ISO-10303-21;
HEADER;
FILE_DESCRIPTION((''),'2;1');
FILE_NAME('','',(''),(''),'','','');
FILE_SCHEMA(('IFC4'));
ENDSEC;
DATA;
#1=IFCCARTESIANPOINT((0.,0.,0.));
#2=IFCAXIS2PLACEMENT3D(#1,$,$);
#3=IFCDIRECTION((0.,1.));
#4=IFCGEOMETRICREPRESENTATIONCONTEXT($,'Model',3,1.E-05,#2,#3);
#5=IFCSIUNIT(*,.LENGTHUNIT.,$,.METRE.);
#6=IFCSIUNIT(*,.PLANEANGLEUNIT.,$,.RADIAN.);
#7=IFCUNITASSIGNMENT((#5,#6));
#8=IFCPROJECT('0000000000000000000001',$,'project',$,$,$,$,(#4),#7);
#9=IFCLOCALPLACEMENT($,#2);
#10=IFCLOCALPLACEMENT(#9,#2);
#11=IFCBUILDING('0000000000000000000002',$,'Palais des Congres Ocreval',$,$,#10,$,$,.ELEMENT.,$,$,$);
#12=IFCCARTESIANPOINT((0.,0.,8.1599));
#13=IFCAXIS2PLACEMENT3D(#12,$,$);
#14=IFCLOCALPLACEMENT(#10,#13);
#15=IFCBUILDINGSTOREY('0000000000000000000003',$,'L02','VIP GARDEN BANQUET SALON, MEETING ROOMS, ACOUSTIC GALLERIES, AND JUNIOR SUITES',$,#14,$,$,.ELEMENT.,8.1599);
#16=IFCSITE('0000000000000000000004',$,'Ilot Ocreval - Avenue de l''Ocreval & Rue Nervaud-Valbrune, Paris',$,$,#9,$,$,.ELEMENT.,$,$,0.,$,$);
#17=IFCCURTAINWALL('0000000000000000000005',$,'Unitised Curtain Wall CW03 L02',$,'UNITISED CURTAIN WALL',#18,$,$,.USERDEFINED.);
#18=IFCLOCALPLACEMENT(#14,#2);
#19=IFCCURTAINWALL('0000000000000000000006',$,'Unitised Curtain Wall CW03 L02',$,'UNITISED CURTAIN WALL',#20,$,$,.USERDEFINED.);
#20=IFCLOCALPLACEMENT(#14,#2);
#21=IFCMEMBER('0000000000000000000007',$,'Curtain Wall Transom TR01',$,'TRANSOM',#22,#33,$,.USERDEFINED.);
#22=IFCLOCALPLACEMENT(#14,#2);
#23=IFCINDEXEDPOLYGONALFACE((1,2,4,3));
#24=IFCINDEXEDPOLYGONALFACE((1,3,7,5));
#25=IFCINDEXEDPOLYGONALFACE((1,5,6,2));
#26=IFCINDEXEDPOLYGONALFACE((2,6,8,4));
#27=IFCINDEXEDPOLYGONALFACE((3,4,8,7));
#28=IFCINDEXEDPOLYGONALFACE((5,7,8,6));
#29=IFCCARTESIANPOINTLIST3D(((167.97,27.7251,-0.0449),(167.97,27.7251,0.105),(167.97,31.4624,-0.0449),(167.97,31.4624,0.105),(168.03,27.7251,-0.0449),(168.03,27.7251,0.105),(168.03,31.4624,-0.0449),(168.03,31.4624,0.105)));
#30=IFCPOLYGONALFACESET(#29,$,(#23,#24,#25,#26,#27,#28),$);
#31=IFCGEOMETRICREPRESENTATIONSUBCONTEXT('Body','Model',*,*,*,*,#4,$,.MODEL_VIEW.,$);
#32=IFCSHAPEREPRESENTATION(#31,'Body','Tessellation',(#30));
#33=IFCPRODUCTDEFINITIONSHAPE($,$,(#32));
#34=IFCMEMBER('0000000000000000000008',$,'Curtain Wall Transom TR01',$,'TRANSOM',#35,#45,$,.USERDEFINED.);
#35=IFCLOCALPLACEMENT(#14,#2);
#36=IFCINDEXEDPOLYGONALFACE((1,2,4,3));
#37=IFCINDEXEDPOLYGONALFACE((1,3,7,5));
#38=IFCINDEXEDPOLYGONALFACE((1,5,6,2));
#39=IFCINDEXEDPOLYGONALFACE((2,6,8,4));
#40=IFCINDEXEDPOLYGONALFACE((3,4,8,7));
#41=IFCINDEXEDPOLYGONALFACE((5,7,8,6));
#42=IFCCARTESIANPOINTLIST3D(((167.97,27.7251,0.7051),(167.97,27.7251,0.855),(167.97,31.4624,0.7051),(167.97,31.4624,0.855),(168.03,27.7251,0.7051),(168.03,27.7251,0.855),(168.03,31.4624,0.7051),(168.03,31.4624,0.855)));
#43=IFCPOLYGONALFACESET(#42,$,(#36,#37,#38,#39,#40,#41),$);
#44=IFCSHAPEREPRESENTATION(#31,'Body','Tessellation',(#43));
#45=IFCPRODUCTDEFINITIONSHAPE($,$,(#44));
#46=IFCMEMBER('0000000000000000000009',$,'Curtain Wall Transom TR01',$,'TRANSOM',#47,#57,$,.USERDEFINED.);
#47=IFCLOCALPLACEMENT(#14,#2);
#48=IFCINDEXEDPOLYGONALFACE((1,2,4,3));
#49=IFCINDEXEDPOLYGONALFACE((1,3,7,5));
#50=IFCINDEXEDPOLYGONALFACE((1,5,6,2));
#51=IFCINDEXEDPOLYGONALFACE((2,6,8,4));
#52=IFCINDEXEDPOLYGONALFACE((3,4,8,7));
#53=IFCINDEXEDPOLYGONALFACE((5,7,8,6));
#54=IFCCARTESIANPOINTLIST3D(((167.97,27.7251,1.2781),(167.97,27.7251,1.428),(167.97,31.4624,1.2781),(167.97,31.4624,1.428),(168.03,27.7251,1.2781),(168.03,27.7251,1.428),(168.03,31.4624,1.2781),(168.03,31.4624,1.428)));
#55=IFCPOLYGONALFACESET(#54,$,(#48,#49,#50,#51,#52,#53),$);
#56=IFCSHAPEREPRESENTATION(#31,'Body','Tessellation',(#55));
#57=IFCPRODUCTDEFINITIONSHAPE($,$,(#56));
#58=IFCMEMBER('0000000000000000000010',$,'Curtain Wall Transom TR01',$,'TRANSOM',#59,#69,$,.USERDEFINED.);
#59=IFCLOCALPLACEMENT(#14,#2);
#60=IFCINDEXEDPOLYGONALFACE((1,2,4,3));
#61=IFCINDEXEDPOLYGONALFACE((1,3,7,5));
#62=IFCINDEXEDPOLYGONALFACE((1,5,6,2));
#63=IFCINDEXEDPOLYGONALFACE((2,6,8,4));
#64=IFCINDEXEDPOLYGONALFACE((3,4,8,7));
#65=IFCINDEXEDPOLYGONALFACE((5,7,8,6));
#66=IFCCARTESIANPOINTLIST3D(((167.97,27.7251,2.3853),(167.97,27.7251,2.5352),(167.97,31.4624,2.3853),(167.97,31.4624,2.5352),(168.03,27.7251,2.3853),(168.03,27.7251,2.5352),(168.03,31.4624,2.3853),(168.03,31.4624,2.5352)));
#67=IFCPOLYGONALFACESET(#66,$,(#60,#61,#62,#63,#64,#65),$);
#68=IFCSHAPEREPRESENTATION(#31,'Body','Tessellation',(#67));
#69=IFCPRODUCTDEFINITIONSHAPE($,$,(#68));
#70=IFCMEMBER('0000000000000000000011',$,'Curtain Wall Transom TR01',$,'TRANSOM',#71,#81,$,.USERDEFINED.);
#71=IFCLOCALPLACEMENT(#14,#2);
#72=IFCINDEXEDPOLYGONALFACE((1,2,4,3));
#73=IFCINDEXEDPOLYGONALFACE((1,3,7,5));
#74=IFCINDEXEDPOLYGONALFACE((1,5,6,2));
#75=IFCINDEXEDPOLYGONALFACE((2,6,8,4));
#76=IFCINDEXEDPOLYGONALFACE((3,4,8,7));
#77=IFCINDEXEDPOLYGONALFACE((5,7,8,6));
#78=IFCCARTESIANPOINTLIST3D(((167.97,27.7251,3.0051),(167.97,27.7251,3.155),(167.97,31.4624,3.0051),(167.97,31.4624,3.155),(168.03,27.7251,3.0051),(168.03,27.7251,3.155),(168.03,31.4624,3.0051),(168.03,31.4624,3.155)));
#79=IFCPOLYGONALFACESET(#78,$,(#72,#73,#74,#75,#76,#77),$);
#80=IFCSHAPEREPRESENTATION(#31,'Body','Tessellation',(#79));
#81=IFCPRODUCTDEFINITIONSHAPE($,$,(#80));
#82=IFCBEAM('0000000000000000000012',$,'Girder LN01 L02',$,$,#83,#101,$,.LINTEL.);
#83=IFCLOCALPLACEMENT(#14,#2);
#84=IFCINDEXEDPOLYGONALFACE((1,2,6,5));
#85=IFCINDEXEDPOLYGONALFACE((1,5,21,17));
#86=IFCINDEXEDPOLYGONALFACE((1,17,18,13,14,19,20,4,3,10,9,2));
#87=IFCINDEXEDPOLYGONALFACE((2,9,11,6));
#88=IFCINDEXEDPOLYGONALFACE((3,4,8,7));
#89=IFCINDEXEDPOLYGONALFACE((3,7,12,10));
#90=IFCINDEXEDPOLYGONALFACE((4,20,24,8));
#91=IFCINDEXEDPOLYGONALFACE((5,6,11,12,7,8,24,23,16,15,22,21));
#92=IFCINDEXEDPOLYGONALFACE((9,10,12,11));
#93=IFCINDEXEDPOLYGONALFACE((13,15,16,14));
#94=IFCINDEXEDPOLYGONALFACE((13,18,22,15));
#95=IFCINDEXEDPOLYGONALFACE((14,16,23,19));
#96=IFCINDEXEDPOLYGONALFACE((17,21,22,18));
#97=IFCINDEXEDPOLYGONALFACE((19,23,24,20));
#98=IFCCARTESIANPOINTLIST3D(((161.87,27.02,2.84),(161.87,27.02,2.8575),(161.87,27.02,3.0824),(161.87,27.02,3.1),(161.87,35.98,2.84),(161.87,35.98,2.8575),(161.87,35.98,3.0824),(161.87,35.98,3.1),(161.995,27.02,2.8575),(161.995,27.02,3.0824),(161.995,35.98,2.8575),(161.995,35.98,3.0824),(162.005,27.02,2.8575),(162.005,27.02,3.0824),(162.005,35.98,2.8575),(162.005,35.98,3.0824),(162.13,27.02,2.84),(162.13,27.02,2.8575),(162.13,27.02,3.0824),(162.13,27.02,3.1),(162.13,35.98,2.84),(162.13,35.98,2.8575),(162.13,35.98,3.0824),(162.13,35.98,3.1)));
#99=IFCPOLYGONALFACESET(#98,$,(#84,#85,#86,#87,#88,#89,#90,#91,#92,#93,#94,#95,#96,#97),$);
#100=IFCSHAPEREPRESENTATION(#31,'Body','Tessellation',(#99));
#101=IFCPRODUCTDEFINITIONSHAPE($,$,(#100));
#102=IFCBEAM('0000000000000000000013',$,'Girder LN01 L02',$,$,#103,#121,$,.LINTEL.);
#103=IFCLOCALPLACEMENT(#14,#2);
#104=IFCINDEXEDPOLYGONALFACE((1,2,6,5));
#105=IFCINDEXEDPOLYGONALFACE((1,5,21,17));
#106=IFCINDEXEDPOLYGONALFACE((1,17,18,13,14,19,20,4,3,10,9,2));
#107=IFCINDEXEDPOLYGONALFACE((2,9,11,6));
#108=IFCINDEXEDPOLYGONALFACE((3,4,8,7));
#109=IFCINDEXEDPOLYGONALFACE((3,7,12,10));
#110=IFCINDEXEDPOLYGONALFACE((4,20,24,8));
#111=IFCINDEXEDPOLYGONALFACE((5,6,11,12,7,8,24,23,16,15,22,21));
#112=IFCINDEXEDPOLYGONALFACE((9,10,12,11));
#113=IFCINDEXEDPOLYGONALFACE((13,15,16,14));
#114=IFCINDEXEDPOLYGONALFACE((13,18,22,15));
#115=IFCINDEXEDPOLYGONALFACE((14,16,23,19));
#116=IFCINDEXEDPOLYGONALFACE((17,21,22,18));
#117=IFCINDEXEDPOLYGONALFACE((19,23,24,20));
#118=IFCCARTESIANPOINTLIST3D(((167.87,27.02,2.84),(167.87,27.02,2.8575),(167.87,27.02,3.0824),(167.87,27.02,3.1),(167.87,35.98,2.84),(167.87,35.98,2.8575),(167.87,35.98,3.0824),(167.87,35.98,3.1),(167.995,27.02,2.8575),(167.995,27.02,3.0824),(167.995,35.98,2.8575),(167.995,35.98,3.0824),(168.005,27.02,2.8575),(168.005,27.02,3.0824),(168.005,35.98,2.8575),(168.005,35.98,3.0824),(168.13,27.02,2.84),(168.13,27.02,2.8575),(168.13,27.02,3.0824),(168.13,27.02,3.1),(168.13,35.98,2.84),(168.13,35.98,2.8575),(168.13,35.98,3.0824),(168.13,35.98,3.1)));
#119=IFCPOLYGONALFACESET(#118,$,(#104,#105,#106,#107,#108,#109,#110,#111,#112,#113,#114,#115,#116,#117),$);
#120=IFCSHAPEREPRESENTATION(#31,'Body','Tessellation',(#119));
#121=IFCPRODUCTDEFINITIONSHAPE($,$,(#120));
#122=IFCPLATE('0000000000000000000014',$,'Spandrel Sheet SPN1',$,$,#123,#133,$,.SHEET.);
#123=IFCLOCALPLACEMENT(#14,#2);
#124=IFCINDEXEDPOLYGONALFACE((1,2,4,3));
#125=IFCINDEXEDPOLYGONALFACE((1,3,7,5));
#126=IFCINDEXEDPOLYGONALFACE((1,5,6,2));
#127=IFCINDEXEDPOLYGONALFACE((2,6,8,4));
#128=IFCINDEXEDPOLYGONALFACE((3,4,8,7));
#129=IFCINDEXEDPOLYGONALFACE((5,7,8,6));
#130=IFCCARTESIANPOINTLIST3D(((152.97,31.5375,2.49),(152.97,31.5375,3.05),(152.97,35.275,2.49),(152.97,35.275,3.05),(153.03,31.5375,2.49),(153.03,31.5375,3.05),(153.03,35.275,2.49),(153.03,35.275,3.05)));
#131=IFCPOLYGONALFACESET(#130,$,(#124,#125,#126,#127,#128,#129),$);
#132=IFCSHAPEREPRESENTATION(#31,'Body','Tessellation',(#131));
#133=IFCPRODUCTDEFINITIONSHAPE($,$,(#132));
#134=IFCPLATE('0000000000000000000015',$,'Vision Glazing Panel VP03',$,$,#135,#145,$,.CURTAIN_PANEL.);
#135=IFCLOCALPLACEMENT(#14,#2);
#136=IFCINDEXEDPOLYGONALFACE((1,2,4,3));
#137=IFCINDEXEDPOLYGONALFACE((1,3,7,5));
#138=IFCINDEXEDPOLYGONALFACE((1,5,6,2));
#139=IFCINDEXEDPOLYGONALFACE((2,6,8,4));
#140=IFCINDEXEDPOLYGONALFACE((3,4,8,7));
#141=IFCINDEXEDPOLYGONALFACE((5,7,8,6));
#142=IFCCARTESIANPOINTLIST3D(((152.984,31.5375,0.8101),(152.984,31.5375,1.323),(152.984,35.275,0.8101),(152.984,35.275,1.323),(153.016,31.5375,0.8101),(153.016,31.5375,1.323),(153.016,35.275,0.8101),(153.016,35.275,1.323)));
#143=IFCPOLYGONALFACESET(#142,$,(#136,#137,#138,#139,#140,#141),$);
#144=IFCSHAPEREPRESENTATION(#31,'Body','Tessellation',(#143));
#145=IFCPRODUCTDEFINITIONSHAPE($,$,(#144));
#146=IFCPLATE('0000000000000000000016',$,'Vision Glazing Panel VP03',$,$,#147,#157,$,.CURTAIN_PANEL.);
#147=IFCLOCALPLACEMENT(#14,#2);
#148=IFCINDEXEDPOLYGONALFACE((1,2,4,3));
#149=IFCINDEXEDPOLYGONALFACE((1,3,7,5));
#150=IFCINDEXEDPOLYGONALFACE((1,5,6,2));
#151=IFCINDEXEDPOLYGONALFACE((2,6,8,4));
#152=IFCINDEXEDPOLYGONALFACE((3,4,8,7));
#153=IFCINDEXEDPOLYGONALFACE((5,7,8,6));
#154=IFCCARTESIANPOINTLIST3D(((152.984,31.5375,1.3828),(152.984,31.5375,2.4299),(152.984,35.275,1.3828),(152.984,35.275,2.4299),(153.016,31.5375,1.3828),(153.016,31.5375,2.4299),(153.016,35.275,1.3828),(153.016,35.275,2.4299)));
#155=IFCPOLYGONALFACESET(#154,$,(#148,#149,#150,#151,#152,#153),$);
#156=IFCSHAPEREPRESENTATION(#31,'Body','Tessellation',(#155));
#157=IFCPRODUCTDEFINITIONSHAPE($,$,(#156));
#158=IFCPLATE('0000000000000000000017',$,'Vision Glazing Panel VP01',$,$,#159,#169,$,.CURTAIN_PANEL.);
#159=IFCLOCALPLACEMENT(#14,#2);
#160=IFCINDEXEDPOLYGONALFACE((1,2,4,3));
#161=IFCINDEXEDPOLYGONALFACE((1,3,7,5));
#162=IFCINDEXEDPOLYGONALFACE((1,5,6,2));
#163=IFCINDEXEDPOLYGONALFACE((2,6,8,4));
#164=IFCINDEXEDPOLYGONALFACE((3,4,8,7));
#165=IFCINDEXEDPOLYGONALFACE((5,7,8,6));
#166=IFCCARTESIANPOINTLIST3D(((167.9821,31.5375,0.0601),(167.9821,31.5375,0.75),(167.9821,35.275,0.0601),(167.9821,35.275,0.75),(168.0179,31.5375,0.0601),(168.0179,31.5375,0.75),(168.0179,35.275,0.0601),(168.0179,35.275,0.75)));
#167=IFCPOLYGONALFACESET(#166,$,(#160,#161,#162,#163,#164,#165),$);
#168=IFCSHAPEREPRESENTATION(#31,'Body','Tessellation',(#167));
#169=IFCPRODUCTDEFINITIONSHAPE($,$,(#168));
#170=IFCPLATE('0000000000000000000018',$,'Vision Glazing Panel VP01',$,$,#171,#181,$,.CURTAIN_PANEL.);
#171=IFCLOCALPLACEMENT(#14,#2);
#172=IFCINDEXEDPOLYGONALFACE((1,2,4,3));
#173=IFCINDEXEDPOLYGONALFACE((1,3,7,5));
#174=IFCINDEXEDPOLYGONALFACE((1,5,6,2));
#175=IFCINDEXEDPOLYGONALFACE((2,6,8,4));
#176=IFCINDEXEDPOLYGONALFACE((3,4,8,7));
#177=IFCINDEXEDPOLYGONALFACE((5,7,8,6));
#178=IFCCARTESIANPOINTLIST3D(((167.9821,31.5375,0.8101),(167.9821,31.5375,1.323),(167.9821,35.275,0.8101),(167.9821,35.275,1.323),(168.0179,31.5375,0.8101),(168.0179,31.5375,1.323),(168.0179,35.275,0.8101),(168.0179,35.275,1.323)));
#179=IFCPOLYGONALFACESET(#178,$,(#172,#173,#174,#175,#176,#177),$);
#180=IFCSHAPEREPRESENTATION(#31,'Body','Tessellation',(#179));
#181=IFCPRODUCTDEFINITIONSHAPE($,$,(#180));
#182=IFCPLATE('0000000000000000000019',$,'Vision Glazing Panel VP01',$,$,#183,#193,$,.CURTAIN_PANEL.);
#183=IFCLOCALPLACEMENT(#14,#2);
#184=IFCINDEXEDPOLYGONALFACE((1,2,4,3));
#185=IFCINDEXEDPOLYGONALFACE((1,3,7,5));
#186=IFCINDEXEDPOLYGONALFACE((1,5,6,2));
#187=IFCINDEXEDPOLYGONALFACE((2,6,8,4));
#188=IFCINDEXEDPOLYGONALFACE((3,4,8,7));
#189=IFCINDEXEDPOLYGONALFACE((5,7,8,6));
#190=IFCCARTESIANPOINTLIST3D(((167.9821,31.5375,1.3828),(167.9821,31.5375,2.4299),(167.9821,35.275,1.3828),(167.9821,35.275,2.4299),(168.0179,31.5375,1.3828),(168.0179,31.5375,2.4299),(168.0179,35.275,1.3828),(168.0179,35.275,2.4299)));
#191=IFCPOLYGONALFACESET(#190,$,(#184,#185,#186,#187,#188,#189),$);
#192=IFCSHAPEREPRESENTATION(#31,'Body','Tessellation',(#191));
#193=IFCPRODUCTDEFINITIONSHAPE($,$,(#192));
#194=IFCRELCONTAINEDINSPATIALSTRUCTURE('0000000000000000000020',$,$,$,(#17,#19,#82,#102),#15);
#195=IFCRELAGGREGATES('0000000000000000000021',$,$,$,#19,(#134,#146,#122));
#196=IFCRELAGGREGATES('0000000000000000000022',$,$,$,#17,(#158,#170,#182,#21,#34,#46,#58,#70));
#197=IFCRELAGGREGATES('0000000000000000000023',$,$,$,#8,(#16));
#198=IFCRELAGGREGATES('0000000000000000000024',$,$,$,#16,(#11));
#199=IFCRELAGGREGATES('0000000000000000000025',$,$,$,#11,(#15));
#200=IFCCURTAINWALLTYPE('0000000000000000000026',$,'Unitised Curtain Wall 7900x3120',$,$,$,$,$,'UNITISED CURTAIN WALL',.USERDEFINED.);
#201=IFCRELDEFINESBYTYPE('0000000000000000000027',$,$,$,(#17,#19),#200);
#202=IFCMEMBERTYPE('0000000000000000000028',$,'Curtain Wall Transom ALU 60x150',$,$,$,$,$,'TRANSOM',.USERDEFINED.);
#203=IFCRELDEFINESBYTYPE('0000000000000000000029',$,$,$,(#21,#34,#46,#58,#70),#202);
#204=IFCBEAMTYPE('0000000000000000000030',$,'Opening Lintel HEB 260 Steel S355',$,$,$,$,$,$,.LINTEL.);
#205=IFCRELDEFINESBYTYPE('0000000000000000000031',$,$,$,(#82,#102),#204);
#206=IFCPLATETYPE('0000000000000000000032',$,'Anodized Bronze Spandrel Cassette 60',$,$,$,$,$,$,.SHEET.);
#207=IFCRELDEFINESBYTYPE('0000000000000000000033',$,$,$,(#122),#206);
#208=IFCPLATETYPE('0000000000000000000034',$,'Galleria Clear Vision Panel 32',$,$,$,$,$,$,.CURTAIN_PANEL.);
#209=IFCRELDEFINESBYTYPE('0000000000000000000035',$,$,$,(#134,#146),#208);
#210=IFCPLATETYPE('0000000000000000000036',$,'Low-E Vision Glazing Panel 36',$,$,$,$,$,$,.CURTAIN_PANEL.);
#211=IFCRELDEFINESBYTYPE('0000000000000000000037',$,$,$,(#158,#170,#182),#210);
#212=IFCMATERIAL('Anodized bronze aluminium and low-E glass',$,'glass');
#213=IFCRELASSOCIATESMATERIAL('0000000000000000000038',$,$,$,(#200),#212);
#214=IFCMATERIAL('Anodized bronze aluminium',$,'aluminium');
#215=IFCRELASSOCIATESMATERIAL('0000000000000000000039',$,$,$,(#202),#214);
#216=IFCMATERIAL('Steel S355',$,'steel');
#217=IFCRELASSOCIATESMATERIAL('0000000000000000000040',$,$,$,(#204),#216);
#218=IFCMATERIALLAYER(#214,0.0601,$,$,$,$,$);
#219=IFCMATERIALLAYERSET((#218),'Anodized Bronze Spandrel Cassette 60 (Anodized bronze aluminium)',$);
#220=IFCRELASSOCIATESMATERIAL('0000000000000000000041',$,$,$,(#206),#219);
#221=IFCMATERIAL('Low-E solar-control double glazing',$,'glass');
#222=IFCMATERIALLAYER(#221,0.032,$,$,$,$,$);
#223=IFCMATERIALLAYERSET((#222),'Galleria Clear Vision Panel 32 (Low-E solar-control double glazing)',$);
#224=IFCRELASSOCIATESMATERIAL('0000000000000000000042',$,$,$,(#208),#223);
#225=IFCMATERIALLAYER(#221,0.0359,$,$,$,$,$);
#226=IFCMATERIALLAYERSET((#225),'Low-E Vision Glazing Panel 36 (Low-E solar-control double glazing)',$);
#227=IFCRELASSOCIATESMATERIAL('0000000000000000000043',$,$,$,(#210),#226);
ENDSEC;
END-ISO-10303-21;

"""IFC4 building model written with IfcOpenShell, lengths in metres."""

from ifc_helpers import new_model, si_unit, direction, frame, origin, origin_2d, place, context, subcontext, project, spatial, rectangle, i_section, extrude, material, layer, layer_set, material_profile, profile_set, type_object, element, aggregate, save


model = new_model("IFC4")

# Units and contexts
model_context = context("Model", 3, precision=1e-05, world=origin(), true_north=direction((0.0, 1.0)))
body_context = subcontext(model_context, "Body", "Model", "MODEL_VIEW")
ifc_project = project(units=[si_unit("LENGTHUNIT", "METRE"), si_unit("PLANEANGLEUNIT", "RADIAN")], contexts=[model_context])

# Site, building, storey
site_placement = place(None, origin())
site = spatial("IfcSite", under=ifc_project, at=site_placement, Name="Ilot Ocreval - Avenue de l'Ocreval & Rue Nervaud-Valbrune, Paris", CompositionType="ELEMENT", RefElevation=0.0)
building_placement = place(site_placement, origin())
building = spatial("IfcBuilding", under=site, at=building_placement, Name="Palais des Congres Ocreval", CompositionType="ELEMENT")
storey_placement = place(building_placement, frame((0.0, 0.0, 8.1599)))
storey = spatial("IfcBuildingStorey", under=building, at=storey_placement, Name="L02", Description="VIP GARDEN BANQUET SALON, MEETING ROOMS, ACOUSTIC GALLERIES, AND JUNIOR SUITES", CompositionType="ELEMENT", Elevation=8.1599)

# Shared definitions
ifc_material_1 = material(Name="Steel S355", Category="steel")

# Curtain wall
ifc_material_2 = material(Name="Anodized bronze aluminium and low-E glass", Category="glass")
curtain_wall_type = type_object("IfcCurtainWallType", Name="Unitised Curtain Wall 7900x3120", ElementType="UNITISED CURTAIN WALL", PredefinedType="USERDEFINED", material=ifc_material_2)
curtain_wall_1_placement = place(storey_placement, origin())
curtain_wall_1 = element("IfcCurtainWall", 1, at=curtain_wall_1_placement, inside=storey, type_object=curtain_wall_type, Name="Unitised Curtain Wall CW03 L02", ObjectType="UNITISED CURTAIN WALL", PredefinedType="USERDEFINED")
ifc_material_3 = material(Name="Anodized bronze aluminium", Category="aluminium")

# Curtain wall
curtain_wall_2_placement = place(storey_placement, origin())
curtain_wall_2 = element("IfcCurtainWall", 2, at=curtain_wall_2_placement, inside=storey, type_object=curtain_wall_type, Name="Unitised Curtain Wall CW03 L02", ObjectType="UNITISED CURTAIN WALL", PredefinedType="USERDEFINED")

# Members
ifc_material_profile_1 = material_profile(ifc_material_3, rectangle(XDim=0.0601, YDim=0.1499, at=origin_2d()), Name="ALU 60x150")
ifc_profile_set_1 = profile_set([ifc_material_profile_1], Name="Anodized bronze aluminium")
member_type_1 = type_object("IfcMemberType", Name="Curtain Wall Transom ALU 60x150", ElementType="TRANSOM", PredefinedType="USERDEFINED", material=ifc_profile_set_1)
member_1_placement = place(storey_placement, frame((168.0, 31.4624, 0.03), z_axis=(0.0, -1.0, 0.0), x_axis=(1.0, 0.0, 0.0)))
member_1 = element("IfcMember", 3, at=member_1_placement, type_object=member_type_1, Name="Curtain Wall Transom TR01", ObjectType="TRANSOM", PredefinedType="USERDEFINED", context=body_context, shape_type="SweptSolid", body=[
    extrude(rectangle(XDim=0.0601, YDim=0.1499, at=origin_2d()), origin(), (0.0, 0.0, 1.0), 3.7373),
])
member_2_placement = place(storey_placement, frame((168.0, 31.4624, 0.78), z_axis=(0.0, -1.0, 0.0), x_axis=(1.0, 0.0, 0.0)))
member_2 = element("IfcMember", 4, at=member_2_placement, type_object=member_type_1, Name="Curtain Wall Transom TR01", ObjectType="TRANSOM", PredefinedType="USERDEFINED", context=body_context, shape_type="SweptSolid", body=[
    extrude(rectangle(XDim=0.0601, YDim=0.1499, at=origin_2d()), origin(), (0.0, 0.0, 1.0), 3.7373),
])
member_3_placement = place(storey_placement, frame((168.0, 31.4624, 1.353), z_axis=(0.0, -1.0, 0.0), x_axis=(1.0, 0.0, 0.0)))
member_3 = element("IfcMember", 5, at=member_3_placement, type_object=member_type_1, Name="Curtain Wall Transom TR01", ObjectType="TRANSOM", PredefinedType="USERDEFINED", context=body_context, shape_type="SweptSolid", body=[
    extrude(rectangle(XDim=0.0601, YDim=0.1499, at=origin_2d()), origin(), (0.0, 0.0, 1.0), 3.7373),
])
member_4_placement = place(storey_placement, frame((168.0, 31.4624, 2.4602), z_axis=(0.0, -1.0, 0.0), x_axis=(1.0, 0.0, 0.0)))
member_4 = element("IfcMember", 6, at=member_4_placement, type_object=member_type_1, Name="Curtain Wall Transom TR01", ObjectType="TRANSOM", PredefinedType="USERDEFINED", context=body_context, shape_type="SweptSolid", body=[
    extrude(rectangle(XDim=0.0601, YDim=0.1499, at=origin_2d()), origin(), (0.0, 0.0, 1.0), 3.7373),
])
member_5_placement = place(storey_placement, frame((168.0, 31.4624, 3.0801), z_axis=(0.0, -1.0, 0.0), x_axis=(1.0, 0.0, 0.0)))
member_5 = element("IfcMember", 7, at=member_5_placement, type_object=member_type_1, Name="Curtain Wall Transom TR01", ObjectType="TRANSOM", PredefinedType="USERDEFINED", context=body_context, shape_type="SweptSolid", body=[
    extrude(rectangle(XDim=0.0601, YDim=0.1499, at=origin_2d()), origin(), (0.0, 0.0, 1.0), 3.7373),
])

# Beams
ifc_material_profile_2 = material_profile(ifc_material_1, i_section(OverallWidth=0.26, OverallDepth=0.26, WebThickness=0.01, FlangeThickness=0.0176, at=origin_2d()), Name="HEB 260")
ifc_profile_set_2 = profile_set([ifc_material_profile_2], Name="Steel S355")
beam_type_1 = type_object("IfcBeamType", Name="Opening Lintel HEB 260 Steel S355", PredefinedType="LINTEL", material=ifc_profile_set_2)
for number, where, z_axis, x_axis, name in (
    (8, (162.0, 27.02, 2.97), (0.0, 1.0, 0.0), (-1.0, 0.0, 0.0), "Girder LN01 L02"),
    (9, (168.0, 27.02, 2.97), (0.0, 1.0, 0.0), (-1.0, 0.0, 0.0), "Girder LN01 L02"),
):
    element("IfcBeam", number, at=place(storey_placement, frame(where, z_axis=z_axis, x_axis=x_axis)), inside=storey, type_object=beam_type_1, Name=name, PredefinedType="LINTEL", context=body_context, shape_type="SweptSolid", body=[
        extrude(i_section(OverallWidth=0.26, OverallDepth=0.26, WebThickness=0.01, FlangeThickness=0.0176, at=origin_2d()), origin(), (0.0, 0.0, 1.0), 8.96),
    ])

# Plates
ifc_layer_1 = layer(ifc_material_3, 0.0601)
ifc_layer_set_1 = layer_set([ifc_layer_1], Name="Anodized Bronze Spandrel Cassette 60 (Anodized bronze aluminium)")
plate_type_1 = type_object("IfcPlateType", Name="Anodized Bronze Spandrel Cassette 60", PredefinedType="SHEET", material=ifc_layer_set_1)
plate_1_placement = place(storey_placement, frame((153.0, 33.4062, 2.49), z_axis=(0.0, 0.0, 1.0), x_axis=(0.0, 1.0, 0.0)))
plate_1 = element("IfcPlate", 10, at=plate_1_placement, type_object=plate_type_1, Name="Spandrel Sheet SPN1", PredefinedType="SHEET", context=body_context, shape_type="SweptSolid", body=[
    extrude(rectangle(XDim=3.7375, YDim=0.0601, at=origin_2d()), origin(), (0.0, 0.0, 1.0), 0.5601),
])
ifc_material_4 = material(Name="Low-E solar-control double glazing", Category="glass")
ifc_layer_2 = layer(ifc_material_4, 0.032)
ifc_layer_set_2 = layer_set([ifc_layer_2], Name="Galleria Clear Vision Panel 32 (Low-E solar-control double glazing)")
plate_type_2 = type_object("IfcPlateType", Name="Galleria Clear Vision Panel 32", PredefinedType="CURTAIN_PANEL", material=ifc_layer_set_2)
plate_2_placement = place(storey_placement, frame((153.0, 33.4062, 0.8101), z_axis=(0.0, 0.0, 1.0), x_axis=(0.0, 1.0, 0.0)))
plate_2 = element("IfcPlate", 11, at=plate_2_placement, type_object=plate_type_2, Name="Vision Glazing Panel VP03", PredefinedType="CURTAIN_PANEL", context=body_context, shape_type="SweptSolid", body=[
    extrude(rectangle(XDim=3.7375, YDim=0.032, at=origin_2d()), origin(), (0.0, 0.0, 1.0), 0.5129),
])
plate_3_placement = place(storey_placement, frame((153.0, 33.4062, 1.3828), z_axis=(0.0, 0.0, 1.0), x_axis=(0.0, 1.0, 0.0)))
plate_3 = element("IfcPlate", 12, at=plate_3_placement, type_object=plate_type_2, Name="Vision Glazing Panel VP03", PredefinedType="CURTAIN_PANEL", context=body_context, shape_type="SweptSolid", body=[
    extrude(rectangle(XDim=3.7375, YDim=0.032, at=origin_2d()), origin(), (0.0, 0.0, 1.0), 1.0471),
])
aggregate(curtain_wall_2, [plate_2, plate_3, plate_1])
ifc_layer_3 = layer(ifc_material_4, 0.0359)
ifc_layer_set_3 = layer_set([ifc_layer_3], Name="Low-E Vision Glazing Panel 36 (Low-E solar-control double glazing)")
plate_type_3 = type_object("IfcPlateType", Name="Low-E Vision Glazing Panel 36", PredefinedType="CURTAIN_PANEL", material=ifc_layer_set_3)
plate_4_placement = place(storey_placement, frame((168.0, 33.4062, 0.0601), z_axis=(0.0, 0.0, 1.0), x_axis=(0.0, -1.0, 0.0)))
plate_4 = element("IfcPlate", 13, at=plate_4_placement, type_object=plate_type_3, Name="Vision Glazing Panel VP01", PredefinedType="CURTAIN_PANEL", context=body_context, shape_type="SweptSolid", body=[
    extrude(rectangle(XDim=3.7375, YDim=0.0359, at=origin_2d()), origin(), (0.0, 0.0, 1.0), 0.6899),
])
plate_5_placement = place(storey_placement, frame((168.0, 33.4062, 0.8101), z_axis=(0.0, 0.0, 1.0), x_axis=(0.0, -1.0, 0.0)))
plate_5 = element("IfcPlate", 14, at=plate_5_placement, type_object=plate_type_3, Name="Vision Glazing Panel VP01", PredefinedType="CURTAIN_PANEL", context=body_context, shape_type="SweptSolid", body=[
    extrude(rectangle(XDim=3.7375, YDim=0.0359, at=origin_2d()), origin(), (0.0, 0.0, 1.0), 0.5129),
])
plate_6_placement = place(storey_placement, frame((168.0, 33.4062, 1.3828), z_axis=(0.0, 0.0, 1.0), x_axis=(0.0, -1.0, 0.0)))
plate_6 = element("IfcPlate", 15, at=plate_6_placement, type_object=plate_type_3, Name="Vision Glazing Panel VP01", PredefinedType="CURTAIN_PANEL", context=body_context, shape_type="SweptSolid", body=[
    extrude(rectangle(XDim=3.7375, YDim=0.0359, at=origin_2d()), origin(), (0.0, 0.0, 1.0), 1.0471),
])
aggregate(curtain_wall_1, [plate_4, plate_5, plate_6, member_1, member_2, member_3, member_4, member_5])

save(model, "model.ifc")
